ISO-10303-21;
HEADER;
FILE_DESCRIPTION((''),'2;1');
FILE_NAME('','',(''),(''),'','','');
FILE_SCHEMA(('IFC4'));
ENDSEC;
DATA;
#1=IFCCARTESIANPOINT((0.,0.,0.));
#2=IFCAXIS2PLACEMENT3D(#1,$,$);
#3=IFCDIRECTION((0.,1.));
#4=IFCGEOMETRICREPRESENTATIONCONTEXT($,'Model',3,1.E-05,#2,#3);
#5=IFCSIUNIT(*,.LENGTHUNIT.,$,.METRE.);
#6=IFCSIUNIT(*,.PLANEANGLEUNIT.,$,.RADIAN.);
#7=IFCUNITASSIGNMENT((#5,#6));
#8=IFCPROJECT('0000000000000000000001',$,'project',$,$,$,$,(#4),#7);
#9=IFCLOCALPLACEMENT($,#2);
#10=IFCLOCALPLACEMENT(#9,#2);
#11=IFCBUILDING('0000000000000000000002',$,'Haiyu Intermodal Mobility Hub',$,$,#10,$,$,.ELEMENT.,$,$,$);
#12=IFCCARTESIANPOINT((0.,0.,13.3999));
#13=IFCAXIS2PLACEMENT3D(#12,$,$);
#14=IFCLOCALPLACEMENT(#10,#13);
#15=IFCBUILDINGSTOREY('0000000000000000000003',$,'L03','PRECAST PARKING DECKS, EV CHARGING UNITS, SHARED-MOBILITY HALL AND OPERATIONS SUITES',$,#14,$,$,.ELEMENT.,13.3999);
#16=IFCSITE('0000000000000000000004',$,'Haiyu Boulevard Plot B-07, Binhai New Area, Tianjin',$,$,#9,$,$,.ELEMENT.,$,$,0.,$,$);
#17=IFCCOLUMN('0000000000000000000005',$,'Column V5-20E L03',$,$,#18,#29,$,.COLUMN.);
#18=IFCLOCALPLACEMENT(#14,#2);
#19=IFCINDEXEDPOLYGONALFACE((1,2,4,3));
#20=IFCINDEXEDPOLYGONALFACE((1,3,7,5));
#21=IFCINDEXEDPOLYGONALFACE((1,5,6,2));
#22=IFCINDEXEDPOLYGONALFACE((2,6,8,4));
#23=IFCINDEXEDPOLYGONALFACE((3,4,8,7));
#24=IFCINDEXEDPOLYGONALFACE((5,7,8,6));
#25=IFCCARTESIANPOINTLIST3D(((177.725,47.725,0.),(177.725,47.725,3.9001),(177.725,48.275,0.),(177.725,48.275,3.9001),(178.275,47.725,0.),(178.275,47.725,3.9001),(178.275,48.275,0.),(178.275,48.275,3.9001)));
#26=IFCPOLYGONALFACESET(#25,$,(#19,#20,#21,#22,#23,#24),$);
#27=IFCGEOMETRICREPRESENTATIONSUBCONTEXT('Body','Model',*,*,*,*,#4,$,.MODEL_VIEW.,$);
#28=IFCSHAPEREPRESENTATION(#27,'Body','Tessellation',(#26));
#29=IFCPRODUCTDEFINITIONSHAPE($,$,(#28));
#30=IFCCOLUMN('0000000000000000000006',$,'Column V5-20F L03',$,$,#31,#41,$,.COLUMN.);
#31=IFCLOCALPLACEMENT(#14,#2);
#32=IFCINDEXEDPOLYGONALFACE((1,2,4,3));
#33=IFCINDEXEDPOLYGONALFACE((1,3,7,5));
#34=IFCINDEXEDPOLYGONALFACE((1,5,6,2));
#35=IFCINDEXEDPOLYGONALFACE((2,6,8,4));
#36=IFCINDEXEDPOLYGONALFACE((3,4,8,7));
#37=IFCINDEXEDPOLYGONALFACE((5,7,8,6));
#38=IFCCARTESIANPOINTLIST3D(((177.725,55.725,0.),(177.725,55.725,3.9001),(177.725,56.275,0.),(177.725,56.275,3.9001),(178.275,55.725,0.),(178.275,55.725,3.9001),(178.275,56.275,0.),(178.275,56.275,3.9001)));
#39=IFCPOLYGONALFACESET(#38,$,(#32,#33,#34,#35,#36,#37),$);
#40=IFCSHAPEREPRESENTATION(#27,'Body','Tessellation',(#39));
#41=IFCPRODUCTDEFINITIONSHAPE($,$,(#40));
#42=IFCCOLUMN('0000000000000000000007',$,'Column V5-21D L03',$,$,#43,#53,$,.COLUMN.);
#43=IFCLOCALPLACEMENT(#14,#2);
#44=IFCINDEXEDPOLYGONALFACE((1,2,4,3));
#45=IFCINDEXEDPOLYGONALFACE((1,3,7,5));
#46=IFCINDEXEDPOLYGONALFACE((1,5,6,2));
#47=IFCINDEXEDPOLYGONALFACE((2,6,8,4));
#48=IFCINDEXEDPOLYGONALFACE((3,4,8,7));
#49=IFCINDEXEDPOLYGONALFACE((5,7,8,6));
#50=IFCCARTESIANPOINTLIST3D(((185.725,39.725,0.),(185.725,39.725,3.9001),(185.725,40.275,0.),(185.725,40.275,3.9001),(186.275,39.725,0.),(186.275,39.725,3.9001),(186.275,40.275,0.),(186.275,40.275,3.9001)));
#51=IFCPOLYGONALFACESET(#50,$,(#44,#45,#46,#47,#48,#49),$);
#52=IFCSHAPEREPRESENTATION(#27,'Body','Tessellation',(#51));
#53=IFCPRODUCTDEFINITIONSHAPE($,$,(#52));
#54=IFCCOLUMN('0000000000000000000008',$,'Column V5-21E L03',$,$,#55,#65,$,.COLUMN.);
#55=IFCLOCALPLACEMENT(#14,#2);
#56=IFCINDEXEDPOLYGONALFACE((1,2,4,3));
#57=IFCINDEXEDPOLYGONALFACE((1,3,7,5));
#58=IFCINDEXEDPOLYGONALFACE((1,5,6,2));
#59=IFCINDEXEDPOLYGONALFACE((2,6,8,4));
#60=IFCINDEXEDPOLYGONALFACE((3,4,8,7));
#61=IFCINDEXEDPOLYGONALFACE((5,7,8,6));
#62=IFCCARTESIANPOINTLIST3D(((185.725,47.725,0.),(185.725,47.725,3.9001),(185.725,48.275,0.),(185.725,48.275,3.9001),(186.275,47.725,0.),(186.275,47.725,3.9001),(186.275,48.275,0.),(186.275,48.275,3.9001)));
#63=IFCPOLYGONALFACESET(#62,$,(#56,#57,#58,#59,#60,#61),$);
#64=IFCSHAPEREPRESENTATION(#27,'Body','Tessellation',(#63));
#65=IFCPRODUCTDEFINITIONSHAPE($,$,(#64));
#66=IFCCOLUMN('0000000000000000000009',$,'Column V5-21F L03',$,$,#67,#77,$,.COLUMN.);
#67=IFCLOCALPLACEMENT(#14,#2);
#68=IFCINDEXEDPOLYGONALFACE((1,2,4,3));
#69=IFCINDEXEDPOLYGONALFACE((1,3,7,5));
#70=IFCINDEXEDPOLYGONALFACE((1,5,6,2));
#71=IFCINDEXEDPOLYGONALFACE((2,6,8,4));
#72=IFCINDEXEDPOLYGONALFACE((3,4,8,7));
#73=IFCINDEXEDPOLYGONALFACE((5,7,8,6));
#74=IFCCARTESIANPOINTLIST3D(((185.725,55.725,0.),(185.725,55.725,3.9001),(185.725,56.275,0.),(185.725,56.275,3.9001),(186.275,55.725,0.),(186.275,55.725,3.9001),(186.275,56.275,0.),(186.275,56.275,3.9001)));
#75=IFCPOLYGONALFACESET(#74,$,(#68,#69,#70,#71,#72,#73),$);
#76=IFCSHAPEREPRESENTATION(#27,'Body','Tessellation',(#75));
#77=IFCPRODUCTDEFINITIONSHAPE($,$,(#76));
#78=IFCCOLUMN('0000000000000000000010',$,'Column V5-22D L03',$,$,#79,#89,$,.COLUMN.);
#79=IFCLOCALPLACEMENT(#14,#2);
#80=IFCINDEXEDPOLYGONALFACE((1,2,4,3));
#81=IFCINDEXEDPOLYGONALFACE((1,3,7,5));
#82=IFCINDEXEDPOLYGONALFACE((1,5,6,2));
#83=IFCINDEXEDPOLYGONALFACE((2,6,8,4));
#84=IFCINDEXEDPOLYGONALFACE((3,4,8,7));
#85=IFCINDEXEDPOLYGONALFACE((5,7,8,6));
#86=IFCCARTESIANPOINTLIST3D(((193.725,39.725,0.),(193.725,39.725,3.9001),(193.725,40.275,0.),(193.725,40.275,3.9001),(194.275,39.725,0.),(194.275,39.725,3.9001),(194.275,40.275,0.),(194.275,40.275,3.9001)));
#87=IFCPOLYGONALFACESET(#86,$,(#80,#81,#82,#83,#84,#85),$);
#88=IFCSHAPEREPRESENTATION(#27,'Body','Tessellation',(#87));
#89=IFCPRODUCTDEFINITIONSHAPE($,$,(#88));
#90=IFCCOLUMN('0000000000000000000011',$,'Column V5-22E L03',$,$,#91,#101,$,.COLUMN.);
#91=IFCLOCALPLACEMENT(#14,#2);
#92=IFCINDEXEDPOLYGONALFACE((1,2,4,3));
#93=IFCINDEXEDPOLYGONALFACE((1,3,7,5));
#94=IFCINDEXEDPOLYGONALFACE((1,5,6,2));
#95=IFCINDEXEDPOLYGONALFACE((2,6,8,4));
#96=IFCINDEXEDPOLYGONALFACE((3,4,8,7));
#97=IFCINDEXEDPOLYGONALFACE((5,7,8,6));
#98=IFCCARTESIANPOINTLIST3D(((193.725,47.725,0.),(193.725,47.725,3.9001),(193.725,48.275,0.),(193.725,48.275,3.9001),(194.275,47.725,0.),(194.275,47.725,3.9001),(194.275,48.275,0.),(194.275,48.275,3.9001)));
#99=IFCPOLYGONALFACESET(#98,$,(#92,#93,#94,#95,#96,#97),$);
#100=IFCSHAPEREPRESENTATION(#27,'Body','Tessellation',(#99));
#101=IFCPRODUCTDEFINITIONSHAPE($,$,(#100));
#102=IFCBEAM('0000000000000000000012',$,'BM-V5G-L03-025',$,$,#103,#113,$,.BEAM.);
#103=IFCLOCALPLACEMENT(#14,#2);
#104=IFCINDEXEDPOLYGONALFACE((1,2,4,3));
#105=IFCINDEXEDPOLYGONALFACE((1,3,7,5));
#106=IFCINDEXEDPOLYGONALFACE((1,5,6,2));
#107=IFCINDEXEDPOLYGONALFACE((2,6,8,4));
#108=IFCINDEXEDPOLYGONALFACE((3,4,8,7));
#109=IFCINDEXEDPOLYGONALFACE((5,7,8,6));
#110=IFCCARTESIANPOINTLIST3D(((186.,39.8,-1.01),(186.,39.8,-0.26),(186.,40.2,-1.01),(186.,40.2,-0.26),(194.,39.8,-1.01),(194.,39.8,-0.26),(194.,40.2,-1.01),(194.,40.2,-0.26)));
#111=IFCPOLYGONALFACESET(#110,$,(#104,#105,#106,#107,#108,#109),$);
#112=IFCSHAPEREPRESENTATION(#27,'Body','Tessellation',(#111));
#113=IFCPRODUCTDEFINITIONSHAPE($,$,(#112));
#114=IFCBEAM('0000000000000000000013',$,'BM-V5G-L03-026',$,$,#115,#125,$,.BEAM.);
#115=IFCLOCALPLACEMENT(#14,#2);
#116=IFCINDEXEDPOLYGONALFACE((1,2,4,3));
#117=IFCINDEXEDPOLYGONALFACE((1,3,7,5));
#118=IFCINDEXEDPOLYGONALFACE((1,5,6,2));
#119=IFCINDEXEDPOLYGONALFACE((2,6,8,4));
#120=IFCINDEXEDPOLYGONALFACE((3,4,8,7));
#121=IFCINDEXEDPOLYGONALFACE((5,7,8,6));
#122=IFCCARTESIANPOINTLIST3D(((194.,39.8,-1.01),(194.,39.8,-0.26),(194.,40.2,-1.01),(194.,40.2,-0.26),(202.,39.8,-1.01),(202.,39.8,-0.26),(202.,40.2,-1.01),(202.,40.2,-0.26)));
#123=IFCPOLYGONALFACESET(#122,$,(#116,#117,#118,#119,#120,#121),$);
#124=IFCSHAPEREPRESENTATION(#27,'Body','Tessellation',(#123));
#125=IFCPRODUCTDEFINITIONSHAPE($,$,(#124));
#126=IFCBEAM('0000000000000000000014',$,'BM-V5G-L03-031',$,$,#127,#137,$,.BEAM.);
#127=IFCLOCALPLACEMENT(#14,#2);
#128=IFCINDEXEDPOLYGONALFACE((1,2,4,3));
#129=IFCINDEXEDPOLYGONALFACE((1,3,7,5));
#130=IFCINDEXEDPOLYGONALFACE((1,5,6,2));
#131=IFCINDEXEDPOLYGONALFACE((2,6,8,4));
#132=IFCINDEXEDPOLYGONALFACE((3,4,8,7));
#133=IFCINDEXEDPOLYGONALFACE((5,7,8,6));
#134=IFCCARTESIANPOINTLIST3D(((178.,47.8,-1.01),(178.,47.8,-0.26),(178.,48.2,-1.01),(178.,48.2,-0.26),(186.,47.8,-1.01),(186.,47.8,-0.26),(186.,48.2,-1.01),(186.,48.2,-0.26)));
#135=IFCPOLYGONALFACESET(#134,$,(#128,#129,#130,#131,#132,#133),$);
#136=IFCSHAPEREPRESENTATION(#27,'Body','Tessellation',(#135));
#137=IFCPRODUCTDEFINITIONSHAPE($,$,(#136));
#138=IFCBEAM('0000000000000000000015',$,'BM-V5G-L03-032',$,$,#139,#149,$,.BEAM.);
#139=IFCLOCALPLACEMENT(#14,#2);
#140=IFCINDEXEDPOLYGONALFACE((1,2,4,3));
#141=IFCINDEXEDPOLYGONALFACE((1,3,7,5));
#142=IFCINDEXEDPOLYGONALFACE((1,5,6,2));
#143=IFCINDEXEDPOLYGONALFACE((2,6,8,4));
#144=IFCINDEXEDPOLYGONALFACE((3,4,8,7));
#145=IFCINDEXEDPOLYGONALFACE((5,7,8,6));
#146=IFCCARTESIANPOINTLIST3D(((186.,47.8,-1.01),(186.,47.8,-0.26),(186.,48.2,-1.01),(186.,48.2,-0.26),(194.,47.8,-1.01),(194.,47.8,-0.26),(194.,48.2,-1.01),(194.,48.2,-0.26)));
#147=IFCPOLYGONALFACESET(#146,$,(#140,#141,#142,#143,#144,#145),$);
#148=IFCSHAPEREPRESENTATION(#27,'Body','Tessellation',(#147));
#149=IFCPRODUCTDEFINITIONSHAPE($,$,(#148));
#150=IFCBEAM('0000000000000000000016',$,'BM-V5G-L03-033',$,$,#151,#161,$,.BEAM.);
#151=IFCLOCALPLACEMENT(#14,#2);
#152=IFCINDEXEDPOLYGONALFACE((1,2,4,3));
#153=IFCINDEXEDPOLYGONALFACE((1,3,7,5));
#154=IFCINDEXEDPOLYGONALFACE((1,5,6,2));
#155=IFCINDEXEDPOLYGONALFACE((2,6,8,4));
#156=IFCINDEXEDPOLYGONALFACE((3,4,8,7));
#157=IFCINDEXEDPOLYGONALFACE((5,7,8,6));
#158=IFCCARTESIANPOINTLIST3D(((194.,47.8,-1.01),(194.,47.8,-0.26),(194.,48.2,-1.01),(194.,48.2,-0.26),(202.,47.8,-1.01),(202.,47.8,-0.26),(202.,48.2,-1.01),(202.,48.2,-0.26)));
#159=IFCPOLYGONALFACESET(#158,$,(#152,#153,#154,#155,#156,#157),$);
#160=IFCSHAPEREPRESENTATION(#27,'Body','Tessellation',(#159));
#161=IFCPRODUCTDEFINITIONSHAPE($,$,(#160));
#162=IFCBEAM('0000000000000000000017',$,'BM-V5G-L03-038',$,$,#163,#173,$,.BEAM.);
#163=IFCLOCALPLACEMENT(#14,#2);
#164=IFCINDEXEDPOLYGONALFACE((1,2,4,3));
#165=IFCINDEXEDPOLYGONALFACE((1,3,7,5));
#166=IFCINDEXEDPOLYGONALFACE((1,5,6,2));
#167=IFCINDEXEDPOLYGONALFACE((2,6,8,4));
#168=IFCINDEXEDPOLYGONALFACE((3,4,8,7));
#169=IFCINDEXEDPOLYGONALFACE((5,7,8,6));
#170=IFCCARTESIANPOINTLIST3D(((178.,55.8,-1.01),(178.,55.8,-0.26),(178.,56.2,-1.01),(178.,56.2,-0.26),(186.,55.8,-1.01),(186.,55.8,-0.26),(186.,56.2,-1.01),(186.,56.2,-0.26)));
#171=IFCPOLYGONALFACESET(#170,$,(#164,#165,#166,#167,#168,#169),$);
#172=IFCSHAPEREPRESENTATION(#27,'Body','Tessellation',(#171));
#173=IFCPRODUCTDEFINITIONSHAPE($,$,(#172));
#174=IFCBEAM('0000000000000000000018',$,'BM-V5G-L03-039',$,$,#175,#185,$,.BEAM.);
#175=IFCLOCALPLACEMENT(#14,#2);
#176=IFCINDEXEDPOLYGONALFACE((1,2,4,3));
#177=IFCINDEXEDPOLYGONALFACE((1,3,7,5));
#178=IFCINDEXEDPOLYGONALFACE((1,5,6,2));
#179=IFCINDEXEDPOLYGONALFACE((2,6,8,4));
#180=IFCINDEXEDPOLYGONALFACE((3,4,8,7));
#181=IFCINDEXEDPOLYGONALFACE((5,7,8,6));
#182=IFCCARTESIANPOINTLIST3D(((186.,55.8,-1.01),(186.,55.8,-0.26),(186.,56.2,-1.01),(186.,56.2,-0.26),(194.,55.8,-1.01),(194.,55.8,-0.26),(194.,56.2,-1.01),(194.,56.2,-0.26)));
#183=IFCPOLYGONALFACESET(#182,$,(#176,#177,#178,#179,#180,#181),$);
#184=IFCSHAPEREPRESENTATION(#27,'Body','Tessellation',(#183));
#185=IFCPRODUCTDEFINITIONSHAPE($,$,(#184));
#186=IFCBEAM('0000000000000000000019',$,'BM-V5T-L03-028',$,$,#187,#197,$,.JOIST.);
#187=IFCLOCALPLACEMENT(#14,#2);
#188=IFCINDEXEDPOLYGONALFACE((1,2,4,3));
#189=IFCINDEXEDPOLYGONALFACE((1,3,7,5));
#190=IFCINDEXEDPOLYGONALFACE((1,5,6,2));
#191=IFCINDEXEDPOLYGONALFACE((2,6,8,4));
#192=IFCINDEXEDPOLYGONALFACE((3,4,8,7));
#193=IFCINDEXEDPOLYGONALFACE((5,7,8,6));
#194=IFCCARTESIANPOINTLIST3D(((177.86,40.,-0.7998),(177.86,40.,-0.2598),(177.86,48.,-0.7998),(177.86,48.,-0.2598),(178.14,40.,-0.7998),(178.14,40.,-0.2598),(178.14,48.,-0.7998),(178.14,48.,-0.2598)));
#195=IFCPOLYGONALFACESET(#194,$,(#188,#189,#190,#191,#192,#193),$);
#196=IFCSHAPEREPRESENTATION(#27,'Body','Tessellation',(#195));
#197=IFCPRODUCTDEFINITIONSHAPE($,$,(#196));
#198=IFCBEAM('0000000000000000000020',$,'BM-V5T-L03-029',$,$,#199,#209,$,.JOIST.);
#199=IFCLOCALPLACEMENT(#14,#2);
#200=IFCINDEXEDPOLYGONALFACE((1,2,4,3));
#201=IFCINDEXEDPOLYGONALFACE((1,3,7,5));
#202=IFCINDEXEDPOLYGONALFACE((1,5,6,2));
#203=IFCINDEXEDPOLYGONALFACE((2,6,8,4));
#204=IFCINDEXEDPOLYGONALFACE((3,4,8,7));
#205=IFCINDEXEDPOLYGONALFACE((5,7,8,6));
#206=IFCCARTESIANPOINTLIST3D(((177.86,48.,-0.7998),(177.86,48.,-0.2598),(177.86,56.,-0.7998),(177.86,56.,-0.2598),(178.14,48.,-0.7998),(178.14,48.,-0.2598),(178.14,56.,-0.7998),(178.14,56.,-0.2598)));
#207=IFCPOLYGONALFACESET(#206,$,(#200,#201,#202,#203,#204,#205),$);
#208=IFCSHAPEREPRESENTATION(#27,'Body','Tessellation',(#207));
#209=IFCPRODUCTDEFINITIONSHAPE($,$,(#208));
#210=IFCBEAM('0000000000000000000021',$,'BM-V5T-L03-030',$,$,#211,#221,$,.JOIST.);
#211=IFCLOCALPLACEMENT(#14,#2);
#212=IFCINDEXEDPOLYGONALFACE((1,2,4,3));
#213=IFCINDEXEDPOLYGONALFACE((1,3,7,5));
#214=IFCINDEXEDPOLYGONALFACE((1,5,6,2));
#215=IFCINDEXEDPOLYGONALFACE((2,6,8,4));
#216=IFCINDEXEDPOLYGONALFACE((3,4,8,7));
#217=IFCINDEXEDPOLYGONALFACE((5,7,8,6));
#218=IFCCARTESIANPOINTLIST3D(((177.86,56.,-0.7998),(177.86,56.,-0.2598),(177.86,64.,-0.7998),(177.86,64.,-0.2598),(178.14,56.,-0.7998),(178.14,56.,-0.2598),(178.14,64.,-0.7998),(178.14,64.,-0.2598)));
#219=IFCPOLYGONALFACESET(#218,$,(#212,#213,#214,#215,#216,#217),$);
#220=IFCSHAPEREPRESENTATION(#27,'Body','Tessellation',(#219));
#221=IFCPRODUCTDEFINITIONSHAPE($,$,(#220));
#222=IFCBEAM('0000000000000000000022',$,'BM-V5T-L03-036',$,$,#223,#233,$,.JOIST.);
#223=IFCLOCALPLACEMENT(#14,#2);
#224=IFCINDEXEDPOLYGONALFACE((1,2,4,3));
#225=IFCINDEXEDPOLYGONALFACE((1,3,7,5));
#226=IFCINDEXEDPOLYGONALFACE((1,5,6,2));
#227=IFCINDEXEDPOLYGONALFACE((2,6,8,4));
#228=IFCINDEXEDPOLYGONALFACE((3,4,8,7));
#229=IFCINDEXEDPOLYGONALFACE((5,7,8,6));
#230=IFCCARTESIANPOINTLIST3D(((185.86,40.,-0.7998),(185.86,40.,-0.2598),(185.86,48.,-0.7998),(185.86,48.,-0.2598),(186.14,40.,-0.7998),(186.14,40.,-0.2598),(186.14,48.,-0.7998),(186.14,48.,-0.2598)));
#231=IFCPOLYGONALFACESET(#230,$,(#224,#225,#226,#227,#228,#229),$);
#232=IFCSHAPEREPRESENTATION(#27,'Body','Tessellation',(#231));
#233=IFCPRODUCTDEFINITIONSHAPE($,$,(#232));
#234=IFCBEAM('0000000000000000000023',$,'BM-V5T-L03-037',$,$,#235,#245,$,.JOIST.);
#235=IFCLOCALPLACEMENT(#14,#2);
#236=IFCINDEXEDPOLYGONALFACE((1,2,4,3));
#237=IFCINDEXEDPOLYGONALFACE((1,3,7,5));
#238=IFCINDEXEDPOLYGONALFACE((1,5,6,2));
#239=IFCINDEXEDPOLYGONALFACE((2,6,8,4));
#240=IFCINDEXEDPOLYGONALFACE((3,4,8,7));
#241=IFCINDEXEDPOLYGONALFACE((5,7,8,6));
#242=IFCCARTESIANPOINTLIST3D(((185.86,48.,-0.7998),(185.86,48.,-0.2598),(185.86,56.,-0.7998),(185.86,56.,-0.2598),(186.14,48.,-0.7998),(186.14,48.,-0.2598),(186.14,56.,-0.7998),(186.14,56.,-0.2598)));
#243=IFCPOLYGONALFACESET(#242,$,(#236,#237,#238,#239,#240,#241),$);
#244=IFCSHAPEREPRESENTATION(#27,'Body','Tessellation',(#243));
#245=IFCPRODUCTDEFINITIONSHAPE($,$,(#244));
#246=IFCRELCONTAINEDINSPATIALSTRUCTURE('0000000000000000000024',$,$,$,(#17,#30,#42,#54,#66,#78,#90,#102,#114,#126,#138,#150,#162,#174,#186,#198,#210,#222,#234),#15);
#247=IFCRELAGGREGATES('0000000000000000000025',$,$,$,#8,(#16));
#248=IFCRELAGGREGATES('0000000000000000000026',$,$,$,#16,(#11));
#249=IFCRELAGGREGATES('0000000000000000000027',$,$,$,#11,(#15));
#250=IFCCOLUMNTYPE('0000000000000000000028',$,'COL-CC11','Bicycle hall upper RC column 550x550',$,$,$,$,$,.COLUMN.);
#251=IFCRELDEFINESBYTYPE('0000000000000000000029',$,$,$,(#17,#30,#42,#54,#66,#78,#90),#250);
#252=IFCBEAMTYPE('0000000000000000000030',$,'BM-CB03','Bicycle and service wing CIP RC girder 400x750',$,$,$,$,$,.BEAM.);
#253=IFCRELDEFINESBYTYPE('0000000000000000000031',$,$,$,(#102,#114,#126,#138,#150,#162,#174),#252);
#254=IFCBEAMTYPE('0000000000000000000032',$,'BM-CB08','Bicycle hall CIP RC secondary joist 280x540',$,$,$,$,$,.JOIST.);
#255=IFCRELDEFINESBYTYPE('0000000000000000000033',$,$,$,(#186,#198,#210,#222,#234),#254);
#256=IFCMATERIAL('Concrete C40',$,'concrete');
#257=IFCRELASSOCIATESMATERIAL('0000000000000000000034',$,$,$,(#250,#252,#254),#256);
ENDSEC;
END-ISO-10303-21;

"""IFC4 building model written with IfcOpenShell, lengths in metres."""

from ifc_helpers import new_model, si_unit, direction, frame, origin, origin_2d, place, context, subcontext, project, spatial, rectangle, extrude, material, material_profile, profile_set, type_object, element, save


model = new_model("IFC4")

# Units and contexts
model_context = context("Model", 3, precision=1e-05, world=origin(), true_north=direction((0.0, 1.0)))
body_context = subcontext(model_context, "Body", "Model", "MODEL_VIEW")
ifc_project = project(units=[si_unit("LENGTHUNIT", "METRE"), si_unit("PLANEANGLEUNIT", "RADIAN")], contexts=[model_context])

# Site, building, storey
site_placement = place(None, origin())
site = spatial("IfcSite", under=ifc_project, at=site_placement, Name="Haiyu Boulevard Plot B-07, Binhai New Area, Tianjin", CompositionType="ELEMENT", RefElevation=0.0)
building_placement = place(site_placement, origin())
building = spatial("IfcBuilding", under=site, at=building_placement, Name="Haiyu Intermodal Mobility Hub", CompositionType="ELEMENT")
storey_placement = place(building_placement, frame((0.0, 0.0, 13.3999)))
storey = spatial("IfcBuildingStorey", under=building, at=storey_placement, Name="L03", Description="PRECAST PARKING DECKS, EV CHARGING UNITS, SHARED-MOBILITY HALL AND OPERATIONS SUITES", CompositionType="ELEMENT", Elevation=13.3999)

# Columns
ifc_material_1 = material(Name="Concrete C40", Category="concrete")
ifc_material_profile_1 = material_profile(ifc_material_1, rectangle(XDim=0.55, YDim=0.55, at=origin_2d()), Name="RC550x550")
ifc_profile_set_1 = profile_set([ifc_material_profile_1], Name="Concrete C40")
column_type = type_object("IfcColumnType", Name="COL-CC11", Description="Bicycle hall upper RC column 550x550", PredefinedType="COLUMN", material=ifc_profile_set_1)
for number, where, z_axis, x_axis, name in (
    (1, (178.0, 48.0, 0.0), (0.0, 0.0, 1.0), (1.0, 0.0, 0.0), "Column V5-20E L03"),
    (2, (178.0, 56.0, 0.0), (0.0, 0.0, 1.0), (1.0, 0.0, 0.0), "Column V5-20F L03"),
    (3, (186.0, 40.0, 0.0), (0.0, 0.0, 1.0), (1.0, 0.0, 0.0), "Column V5-21D L03"),
    (4, (186.0, 48.0, 0.0), (0.0, 0.0, 1.0), (1.0, 0.0, 0.0), "Column V5-21E L03"),
    (5, (186.0, 56.0, 0.0), (0.0, 0.0, 1.0), (1.0, 0.0, 0.0), "Column V5-21F L03"),
    (6, (194.0, 40.0, 0.0), (0.0, 0.0, 1.0), (1.0, 0.0, 0.0), "Column V5-22D L03"),
    (7, (194.0, 48.0, 0.0), (0.0, 0.0, 1.0), (1.0, 0.0, 0.0), "Column V5-22E L03"),
):
    element("IfcColumn", number, at=place(storey_placement, frame(where, z_axis=z_axis, x_axis=x_axis)), inside=storey, type_object=column_type, Name=name, PredefinedType="COLUMN", context=body_context, shape_type="SweptSolid", body=[
        extrude(rectangle(XDim=0.55, YDim=0.55, at=origin_2d()), origin(), (0.0, 0.0, 1.0), 3.9001),
    ])

# Beams
ifc_material_profile_2 = material_profile(ifc_material_1, rectangle(XDim=0.3999, YDim=0.75, at=origin_2d()), Name="RCB400x750")
ifc_profile_set_2 = profile_set([ifc_material_profile_2], Name="Concrete C40")
beam_type_1 = type_object("IfcBeamType", Name="BM-CB03", Description="Bicycle and service wing CIP RC girder 400x750", PredefinedType="BEAM", material=ifc_profile_set_2)
for number, where, z_axis, x_axis, name in (
    (8, (186.0, 40.0, -0.635), (1.0, 0.0, 0.0), (0.0, 1.0, 0.0), "BM-V5G-L03-025"),
    (9, (194.0, 40.0, -0.635), (1.0, 0.0, 0.0), (0.0, 1.0, 0.0), "BM-V5G-L03-026"),
    (10, (178.0, 48.0, -0.635), (1.0, 0.0, 0.0), (0.0, 1.0, 0.0), "BM-V5G-L03-031"),
    (11, (186.0, 48.0, -0.635), (1.0, 0.0, 0.0), (0.0, 1.0, 0.0), "BM-V5G-L03-032"),
    (12, (194.0, 48.0, -0.635), (1.0, 0.0, 0.0), (0.0, 1.0, 0.0), "BM-V5G-L03-033"),
    (13, (178.0, 56.0, -0.635), (1.0, 0.0, 0.0), (0.0, 1.0, 0.0), "BM-V5G-L03-038"),
    (14, (186.0, 56.0, -0.635), (1.0, 0.0, 0.0), (0.0, 1.0, 0.0), "BM-V5G-L03-039"),
):
    element("IfcBeam", number, at=place(storey_placement, frame(where, z_axis=z_axis, x_axis=x_axis)), inside=storey, type_object=beam_type_1, Name=name, PredefinedType="BEAM", context=body_context, shape_type="SweptSolid", body=[
        extrude(rectangle(XDim=0.3999, YDim=0.75, at=origin_2d()), origin(), (0.0, 0.0, 1.0), 8.0),
    ])
ifc_material_profile_3 = material_profile(ifc_material_1, rectangle(XDim=0.28, YDim=0.54, at=origin_2d()), Name="RCB280x540")
ifc_profile_set_3 = profile_set([ifc_material_profile_3], Name="Concrete C40")
beam_type_2 = type_object("IfcBeamType", Name="BM-CB08", Description="Bicycle hall CIP RC secondary joist 280x540", PredefinedType="JOIST", material=ifc_profile_set_3)
for number, where, z_axis, x_axis, name in (
    (15, (178.0, 40.0, -0.5298), (0.0, 1.0, 0.0), (-1.0, 0.0, 0.0), "BM-V5T-L03-028"),
    (16, (178.0, 48.0, -0.5298), (0.0, 1.0, 0.0), (-1.0, 0.0, 0.0), "BM-V5T-L03-029"),
    (17, (178.0, 56.0, -0.5298), (0.0, 1.0, 0.0), (-1.0, 0.0, 0.0), "BM-V5T-L03-030"),
    (18, (186.0, 40.0, -0.5298), (0.0, 1.0, 0.0), (-1.0, 0.0, 0.0), "BM-V5T-L03-036"),
    (19, (186.0, 48.0, -0.5298), (0.0, 1.0, 0.0), (-1.0, 0.0, 0.0), "BM-V5T-L03-037"),
):
    element("IfcBeam", number, at=place(storey_placement, frame(where, z_axis=z_axis, x_axis=x_axis)), inside=storey, type_object=beam_type_2, Name=name, PredefinedType="JOIST", context=body_context, shape_type="SweptSolid", body=[
        extrude(rectangle(XDim=0.28, YDim=0.54, at=origin_2d()), origin(), (0.0, 0.0, 1.0), 8.0),
    ])

save(model, "model.ifc")
